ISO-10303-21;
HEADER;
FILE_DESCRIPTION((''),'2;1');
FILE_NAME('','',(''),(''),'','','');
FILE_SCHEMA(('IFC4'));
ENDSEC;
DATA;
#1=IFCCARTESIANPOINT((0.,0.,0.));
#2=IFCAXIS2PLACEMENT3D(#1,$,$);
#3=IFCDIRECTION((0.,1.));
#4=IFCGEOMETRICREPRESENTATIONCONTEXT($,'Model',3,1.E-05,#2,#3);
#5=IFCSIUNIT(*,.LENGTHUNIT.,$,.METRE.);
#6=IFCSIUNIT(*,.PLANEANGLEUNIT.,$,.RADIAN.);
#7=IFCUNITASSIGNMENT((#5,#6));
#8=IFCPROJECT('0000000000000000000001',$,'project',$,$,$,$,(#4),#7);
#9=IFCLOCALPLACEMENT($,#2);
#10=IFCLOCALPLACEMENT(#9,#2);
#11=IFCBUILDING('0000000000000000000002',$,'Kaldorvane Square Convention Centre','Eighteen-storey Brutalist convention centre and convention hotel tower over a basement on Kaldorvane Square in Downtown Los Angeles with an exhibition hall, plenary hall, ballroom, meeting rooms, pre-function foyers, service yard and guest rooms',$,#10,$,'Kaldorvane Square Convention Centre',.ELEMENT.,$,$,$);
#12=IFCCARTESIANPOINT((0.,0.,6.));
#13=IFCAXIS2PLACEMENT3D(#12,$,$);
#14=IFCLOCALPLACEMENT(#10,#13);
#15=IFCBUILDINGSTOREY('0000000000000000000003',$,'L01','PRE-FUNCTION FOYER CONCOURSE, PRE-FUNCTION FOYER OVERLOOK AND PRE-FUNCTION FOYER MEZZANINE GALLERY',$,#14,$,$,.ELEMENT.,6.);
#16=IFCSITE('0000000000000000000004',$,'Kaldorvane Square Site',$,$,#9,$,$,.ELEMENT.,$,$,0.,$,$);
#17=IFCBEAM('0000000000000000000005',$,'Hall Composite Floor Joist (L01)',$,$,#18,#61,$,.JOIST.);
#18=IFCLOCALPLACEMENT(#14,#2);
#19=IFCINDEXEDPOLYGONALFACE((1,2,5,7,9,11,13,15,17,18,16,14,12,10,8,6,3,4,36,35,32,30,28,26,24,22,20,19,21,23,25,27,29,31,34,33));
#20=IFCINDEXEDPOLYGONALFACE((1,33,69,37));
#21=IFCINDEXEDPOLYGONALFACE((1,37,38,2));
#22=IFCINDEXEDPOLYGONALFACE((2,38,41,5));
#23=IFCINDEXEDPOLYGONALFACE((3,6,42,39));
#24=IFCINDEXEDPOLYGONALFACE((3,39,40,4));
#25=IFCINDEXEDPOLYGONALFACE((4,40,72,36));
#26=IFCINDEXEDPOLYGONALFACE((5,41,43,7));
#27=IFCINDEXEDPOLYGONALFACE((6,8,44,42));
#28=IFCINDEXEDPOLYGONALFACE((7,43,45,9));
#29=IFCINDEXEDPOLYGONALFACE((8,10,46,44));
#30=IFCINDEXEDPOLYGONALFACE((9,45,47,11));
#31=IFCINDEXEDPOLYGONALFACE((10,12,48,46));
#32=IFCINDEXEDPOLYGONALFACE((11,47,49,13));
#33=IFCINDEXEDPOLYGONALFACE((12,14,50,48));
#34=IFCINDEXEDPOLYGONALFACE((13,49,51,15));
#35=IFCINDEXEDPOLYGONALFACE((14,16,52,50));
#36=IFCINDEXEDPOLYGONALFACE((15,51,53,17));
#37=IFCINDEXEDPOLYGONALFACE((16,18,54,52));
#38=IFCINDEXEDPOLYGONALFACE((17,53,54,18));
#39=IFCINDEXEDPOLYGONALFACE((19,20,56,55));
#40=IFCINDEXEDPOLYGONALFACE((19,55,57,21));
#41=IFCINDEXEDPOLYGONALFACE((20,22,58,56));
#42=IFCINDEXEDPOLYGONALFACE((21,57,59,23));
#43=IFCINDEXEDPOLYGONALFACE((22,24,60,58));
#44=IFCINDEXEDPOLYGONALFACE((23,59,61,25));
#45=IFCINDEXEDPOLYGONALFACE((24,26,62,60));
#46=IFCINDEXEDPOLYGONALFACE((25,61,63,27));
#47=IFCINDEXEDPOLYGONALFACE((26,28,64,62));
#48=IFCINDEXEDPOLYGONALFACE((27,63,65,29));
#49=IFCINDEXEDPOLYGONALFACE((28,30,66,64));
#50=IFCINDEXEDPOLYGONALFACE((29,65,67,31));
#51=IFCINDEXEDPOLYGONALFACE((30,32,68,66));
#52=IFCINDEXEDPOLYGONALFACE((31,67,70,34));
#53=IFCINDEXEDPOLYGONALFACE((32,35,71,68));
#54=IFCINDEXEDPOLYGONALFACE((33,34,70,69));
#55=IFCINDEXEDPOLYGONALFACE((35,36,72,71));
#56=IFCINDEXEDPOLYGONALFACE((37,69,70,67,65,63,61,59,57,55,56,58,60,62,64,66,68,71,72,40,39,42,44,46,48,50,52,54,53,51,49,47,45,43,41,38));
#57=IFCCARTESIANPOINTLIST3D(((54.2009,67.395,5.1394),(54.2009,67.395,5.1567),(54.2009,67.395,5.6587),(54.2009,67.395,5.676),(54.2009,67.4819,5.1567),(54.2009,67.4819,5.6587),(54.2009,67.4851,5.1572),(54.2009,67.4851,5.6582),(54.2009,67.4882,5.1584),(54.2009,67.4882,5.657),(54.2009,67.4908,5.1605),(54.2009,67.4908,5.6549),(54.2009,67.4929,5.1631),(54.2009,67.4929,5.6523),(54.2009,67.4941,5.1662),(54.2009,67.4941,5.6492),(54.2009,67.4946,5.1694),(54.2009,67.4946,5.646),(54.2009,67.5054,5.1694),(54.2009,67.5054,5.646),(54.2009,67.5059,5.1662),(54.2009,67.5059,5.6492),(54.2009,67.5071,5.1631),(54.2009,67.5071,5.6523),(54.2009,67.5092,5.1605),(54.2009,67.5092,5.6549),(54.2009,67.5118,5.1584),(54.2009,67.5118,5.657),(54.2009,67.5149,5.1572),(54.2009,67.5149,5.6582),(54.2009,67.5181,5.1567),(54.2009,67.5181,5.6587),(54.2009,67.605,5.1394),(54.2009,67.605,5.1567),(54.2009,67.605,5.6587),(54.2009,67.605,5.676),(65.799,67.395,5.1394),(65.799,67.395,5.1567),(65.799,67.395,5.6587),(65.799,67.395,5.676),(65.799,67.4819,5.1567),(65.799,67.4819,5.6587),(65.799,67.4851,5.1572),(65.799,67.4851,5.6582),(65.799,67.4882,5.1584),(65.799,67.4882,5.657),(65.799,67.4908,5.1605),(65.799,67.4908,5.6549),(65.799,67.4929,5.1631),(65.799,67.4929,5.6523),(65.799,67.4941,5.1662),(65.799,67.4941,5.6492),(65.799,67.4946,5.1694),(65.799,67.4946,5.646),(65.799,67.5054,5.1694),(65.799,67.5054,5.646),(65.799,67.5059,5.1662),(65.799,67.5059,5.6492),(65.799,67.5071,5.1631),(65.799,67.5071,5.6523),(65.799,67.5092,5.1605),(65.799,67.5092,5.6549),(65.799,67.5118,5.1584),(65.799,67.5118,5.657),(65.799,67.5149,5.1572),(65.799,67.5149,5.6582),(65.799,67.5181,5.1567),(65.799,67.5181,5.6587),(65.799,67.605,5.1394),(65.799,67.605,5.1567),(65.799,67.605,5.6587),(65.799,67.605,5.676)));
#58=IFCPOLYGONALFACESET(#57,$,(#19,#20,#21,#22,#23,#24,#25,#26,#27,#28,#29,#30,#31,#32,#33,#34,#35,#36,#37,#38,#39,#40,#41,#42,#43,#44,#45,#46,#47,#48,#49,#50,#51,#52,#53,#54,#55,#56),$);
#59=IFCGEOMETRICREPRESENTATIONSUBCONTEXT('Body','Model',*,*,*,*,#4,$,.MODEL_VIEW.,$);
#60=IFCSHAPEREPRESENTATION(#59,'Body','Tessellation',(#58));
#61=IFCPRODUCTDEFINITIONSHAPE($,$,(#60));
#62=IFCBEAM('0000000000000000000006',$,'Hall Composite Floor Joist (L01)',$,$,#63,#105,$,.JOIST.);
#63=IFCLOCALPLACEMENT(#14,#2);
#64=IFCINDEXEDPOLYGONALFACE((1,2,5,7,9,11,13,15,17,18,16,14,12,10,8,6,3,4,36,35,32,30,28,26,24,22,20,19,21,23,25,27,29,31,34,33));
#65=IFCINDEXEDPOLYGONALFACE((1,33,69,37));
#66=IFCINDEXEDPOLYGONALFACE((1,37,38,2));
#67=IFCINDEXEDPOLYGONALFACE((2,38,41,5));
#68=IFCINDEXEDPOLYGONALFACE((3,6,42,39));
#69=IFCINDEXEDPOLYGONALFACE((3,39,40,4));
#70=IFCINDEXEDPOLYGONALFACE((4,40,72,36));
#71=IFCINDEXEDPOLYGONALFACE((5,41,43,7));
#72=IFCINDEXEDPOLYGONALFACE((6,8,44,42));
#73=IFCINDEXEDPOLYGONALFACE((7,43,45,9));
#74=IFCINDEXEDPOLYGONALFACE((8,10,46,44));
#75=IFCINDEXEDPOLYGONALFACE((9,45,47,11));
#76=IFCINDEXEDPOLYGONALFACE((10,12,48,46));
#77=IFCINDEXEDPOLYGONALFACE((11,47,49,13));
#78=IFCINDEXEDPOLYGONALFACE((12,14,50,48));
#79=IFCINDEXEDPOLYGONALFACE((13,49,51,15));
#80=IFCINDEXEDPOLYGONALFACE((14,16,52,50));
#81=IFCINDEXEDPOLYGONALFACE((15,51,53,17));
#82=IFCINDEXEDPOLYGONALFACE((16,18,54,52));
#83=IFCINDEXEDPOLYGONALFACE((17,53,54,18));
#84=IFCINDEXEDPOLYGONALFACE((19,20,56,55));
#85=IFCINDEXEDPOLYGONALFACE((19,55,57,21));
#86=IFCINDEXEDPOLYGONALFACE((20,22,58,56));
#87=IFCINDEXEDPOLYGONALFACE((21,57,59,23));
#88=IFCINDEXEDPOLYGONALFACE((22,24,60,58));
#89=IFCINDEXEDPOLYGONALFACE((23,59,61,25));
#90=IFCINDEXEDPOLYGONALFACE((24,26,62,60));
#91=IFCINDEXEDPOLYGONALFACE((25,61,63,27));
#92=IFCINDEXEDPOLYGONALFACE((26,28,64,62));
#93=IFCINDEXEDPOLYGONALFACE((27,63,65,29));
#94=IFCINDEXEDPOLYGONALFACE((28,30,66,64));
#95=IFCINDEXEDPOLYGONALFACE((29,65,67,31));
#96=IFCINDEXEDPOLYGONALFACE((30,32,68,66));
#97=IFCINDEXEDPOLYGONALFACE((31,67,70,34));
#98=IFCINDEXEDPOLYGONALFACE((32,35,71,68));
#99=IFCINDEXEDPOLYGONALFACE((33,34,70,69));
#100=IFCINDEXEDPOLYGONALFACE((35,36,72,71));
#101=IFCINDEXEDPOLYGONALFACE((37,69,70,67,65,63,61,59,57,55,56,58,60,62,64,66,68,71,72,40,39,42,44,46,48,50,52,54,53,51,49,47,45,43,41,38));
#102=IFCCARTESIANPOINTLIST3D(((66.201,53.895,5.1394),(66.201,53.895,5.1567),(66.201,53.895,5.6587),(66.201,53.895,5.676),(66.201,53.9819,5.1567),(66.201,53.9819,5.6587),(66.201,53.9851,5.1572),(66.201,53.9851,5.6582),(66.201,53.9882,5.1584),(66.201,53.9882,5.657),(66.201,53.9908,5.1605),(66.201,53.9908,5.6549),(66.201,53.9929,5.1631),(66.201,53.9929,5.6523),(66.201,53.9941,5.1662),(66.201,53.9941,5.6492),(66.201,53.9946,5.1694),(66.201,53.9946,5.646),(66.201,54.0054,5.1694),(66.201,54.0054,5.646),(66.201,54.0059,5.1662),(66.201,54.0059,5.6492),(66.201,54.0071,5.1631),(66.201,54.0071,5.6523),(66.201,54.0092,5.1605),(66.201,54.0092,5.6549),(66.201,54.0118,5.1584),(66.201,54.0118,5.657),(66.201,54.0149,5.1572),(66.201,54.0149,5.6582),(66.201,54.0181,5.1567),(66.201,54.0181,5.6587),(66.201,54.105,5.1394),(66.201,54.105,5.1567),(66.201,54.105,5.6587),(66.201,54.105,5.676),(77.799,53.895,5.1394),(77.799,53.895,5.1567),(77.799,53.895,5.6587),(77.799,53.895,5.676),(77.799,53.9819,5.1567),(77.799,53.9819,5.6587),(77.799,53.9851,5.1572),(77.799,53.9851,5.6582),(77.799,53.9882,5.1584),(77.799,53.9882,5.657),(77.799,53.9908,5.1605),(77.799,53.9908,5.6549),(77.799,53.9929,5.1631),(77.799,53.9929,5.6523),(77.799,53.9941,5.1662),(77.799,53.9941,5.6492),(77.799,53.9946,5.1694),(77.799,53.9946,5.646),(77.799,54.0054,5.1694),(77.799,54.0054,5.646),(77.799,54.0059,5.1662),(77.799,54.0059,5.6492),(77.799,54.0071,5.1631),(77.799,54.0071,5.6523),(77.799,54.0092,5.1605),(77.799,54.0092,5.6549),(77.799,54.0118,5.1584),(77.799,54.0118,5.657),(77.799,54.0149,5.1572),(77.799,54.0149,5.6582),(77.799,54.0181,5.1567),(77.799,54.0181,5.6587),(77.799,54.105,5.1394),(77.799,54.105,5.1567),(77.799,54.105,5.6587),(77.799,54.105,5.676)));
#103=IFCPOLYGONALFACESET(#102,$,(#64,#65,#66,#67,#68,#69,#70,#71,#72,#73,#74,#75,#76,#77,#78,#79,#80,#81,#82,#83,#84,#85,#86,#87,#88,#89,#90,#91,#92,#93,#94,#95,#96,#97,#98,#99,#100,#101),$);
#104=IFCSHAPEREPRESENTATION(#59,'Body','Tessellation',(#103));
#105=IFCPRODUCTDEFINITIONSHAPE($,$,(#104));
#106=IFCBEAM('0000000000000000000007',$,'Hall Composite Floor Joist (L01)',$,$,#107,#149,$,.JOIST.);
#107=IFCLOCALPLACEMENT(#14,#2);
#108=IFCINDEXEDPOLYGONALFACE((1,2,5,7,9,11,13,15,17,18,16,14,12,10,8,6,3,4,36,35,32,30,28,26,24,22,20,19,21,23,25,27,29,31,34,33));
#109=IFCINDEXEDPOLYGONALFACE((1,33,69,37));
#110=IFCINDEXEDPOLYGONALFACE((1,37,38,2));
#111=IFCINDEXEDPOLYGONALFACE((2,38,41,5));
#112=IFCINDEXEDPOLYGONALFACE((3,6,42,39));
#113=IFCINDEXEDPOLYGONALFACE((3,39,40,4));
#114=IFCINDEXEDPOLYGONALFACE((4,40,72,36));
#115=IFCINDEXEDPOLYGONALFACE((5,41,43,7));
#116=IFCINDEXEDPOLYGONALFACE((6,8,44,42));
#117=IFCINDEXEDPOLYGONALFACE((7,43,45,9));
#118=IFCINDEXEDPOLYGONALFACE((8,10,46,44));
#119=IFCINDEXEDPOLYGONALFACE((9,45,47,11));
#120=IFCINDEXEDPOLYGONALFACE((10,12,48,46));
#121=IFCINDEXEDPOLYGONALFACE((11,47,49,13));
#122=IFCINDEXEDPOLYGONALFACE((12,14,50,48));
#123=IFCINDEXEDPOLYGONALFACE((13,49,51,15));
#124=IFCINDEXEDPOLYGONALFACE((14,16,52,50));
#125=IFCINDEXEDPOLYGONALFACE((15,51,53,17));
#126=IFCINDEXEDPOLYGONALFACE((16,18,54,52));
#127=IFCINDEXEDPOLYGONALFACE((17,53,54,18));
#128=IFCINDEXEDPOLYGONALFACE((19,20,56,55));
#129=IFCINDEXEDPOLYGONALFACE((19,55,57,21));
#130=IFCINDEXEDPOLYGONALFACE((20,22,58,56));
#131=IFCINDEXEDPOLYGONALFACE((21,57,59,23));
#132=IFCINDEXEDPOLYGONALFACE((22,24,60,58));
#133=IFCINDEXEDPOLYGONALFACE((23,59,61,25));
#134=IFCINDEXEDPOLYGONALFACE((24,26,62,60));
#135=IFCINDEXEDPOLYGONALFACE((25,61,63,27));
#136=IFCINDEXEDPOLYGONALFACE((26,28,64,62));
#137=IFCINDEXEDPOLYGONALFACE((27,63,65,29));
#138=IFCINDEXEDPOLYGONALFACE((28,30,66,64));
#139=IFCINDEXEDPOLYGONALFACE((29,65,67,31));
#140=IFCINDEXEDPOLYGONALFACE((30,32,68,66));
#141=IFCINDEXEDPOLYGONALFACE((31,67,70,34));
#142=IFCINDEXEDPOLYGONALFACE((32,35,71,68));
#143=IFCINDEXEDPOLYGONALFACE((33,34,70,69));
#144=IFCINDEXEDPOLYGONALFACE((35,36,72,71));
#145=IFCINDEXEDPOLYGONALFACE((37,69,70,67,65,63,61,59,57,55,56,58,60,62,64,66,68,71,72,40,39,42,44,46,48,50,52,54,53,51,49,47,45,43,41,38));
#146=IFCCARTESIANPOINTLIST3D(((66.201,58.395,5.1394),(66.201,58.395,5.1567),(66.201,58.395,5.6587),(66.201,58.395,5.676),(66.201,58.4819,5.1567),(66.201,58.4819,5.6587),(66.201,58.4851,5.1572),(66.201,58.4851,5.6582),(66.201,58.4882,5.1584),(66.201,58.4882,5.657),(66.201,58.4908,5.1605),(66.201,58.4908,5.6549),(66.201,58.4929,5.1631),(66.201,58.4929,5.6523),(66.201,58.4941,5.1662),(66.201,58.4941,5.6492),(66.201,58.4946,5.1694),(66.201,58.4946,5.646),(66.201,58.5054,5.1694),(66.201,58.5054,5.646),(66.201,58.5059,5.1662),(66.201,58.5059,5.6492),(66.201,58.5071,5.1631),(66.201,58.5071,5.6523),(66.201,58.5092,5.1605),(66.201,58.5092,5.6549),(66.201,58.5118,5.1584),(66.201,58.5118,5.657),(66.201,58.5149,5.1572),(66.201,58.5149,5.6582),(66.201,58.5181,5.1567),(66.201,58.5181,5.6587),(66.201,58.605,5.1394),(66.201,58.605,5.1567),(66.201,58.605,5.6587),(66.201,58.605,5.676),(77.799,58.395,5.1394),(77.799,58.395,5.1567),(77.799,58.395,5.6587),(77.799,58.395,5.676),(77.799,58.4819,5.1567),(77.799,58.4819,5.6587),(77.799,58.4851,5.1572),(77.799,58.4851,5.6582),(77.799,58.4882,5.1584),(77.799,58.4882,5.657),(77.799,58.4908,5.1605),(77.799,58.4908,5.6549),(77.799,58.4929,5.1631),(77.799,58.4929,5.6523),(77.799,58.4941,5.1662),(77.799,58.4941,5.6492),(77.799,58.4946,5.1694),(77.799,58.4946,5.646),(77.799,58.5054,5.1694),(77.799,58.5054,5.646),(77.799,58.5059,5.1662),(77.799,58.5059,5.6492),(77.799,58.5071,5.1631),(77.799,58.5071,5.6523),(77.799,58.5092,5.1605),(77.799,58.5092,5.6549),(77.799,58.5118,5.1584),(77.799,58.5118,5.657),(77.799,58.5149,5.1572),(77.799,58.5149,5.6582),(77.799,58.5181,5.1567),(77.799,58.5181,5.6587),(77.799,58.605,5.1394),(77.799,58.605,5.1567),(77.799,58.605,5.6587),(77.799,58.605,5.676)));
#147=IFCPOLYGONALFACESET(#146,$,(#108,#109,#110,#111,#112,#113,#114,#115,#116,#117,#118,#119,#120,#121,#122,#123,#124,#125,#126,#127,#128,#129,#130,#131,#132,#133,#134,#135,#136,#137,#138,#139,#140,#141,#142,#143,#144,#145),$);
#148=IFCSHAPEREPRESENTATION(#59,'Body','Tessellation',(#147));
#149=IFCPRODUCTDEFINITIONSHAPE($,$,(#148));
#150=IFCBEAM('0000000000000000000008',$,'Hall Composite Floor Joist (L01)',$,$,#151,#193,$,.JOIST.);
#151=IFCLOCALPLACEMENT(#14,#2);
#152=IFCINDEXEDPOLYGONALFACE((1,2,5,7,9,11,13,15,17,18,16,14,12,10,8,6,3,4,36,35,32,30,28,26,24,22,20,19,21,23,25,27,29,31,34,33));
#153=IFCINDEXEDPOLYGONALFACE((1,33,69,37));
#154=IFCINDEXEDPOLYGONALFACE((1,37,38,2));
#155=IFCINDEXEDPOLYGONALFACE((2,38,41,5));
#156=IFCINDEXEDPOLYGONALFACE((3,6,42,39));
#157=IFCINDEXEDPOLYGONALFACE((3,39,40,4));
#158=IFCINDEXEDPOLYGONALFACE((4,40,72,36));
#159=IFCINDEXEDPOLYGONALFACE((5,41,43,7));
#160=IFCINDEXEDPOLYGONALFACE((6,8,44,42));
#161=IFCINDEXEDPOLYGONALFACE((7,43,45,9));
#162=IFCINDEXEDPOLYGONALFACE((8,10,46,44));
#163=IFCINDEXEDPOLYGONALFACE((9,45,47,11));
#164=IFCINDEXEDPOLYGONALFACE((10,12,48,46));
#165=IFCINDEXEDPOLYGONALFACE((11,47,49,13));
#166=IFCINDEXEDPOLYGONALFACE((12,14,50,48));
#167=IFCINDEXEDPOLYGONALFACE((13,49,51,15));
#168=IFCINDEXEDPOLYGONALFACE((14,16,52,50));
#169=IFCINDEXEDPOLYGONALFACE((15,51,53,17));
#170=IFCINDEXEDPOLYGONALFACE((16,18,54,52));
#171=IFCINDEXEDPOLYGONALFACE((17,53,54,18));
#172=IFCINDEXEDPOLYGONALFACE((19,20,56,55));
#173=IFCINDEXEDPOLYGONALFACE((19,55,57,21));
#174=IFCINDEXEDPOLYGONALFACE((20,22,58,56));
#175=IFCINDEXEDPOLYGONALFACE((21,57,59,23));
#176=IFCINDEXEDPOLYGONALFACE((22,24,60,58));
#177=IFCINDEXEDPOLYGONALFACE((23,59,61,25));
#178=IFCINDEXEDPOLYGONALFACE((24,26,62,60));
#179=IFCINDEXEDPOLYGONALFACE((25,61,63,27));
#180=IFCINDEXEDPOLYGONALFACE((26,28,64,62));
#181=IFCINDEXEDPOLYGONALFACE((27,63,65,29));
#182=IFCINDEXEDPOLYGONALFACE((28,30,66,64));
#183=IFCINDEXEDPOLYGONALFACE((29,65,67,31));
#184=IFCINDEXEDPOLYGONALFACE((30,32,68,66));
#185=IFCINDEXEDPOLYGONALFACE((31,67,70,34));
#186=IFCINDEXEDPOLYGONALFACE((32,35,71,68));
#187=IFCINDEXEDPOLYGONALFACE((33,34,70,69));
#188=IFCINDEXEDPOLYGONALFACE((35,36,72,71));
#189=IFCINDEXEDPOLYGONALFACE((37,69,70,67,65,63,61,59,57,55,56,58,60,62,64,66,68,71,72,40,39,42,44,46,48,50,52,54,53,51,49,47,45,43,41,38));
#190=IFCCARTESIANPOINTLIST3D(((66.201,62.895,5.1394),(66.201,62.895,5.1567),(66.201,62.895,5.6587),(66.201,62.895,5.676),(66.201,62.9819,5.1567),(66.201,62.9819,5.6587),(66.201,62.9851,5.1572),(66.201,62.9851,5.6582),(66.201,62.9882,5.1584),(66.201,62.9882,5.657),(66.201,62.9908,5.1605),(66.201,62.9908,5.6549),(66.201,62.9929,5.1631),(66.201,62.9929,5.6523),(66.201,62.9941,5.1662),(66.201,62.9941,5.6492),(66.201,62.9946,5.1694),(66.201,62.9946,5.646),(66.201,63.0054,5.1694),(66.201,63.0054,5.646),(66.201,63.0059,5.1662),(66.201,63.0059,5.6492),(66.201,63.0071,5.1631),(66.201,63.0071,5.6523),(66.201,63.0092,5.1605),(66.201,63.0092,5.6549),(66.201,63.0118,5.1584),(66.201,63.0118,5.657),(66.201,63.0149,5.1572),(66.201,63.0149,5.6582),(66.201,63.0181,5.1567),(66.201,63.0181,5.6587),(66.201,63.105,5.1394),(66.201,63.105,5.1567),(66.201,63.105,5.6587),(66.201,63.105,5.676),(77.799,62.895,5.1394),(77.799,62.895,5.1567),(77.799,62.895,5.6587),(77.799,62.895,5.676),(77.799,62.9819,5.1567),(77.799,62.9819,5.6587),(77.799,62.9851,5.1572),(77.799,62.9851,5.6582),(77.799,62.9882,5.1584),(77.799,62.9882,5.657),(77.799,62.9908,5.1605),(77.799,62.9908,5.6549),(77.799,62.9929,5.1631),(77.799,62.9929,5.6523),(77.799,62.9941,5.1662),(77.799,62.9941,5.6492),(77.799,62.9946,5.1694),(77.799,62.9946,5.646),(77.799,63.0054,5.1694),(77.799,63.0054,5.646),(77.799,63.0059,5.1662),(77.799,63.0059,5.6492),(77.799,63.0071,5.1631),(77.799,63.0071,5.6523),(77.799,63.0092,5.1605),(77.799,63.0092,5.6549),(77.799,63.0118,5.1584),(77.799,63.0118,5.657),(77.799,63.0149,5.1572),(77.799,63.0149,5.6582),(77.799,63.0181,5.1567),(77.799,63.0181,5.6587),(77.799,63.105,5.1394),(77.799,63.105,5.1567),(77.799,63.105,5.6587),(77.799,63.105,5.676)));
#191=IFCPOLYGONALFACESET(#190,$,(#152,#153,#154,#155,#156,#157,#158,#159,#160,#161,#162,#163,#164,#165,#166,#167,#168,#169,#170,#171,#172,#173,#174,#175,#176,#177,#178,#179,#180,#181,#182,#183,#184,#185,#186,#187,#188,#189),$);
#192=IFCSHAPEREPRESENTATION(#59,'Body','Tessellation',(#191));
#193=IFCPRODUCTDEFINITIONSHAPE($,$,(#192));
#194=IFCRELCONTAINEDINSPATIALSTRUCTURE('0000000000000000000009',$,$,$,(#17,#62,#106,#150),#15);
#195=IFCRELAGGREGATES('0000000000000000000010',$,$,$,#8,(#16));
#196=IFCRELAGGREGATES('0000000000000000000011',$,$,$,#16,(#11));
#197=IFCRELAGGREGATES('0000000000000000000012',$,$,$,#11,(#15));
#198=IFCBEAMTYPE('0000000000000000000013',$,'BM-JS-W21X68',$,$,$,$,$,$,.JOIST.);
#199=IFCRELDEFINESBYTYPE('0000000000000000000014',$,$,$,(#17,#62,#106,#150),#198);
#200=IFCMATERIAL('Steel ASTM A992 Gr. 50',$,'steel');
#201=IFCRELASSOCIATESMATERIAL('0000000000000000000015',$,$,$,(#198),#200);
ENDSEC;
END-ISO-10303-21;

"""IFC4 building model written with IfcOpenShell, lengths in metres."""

from ifc_helpers import new_model, si_unit, direction, frame, origin, origin_2d, place, context, subcontext, project, spatial, i_section, extrude, material, material_profile, profile_set, type_object, element, save


model = new_model("IFC4")

# Units and contexts
model_context = context("Model", 3, precision=1e-05, world=origin(), true_north=direction((0.0, 1.0)))
body_context = subcontext(model_context, "Body", "Model", "MODEL_VIEW")
ifc_project = project(units=[si_unit("LENGTHUNIT", "METRE"), si_unit("PLANEANGLEUNIT", "RADIAN")], contexts=[model_context])

# Site, building, storey
site_placement = place(None, origin())
site = spatial("IfcSite", under=ifc_project, at=site_placement, Name="Kaldorvane Square Site", CompositionType="ELEMENT", RefElevation=0.0)
building_placement = place(site_placement, origin())
building = spatial("IfcBuilding", under=site, at=building_placement, Name="Kaldorvane Square Convention Centre", Description="Eighteen-storey Brutalist convention centre and convention hotel tower over a basement on Kaldorvane Square in Downtown Los Angeles with an exhibition hall, plenary hall, ballroom, meeting rooms, pre-function foyers, service yard and guest rooms", LongName="Kaldorvane Square Convention Centre", CompositionType="ELEMENT")
storey_placement = place(building_placement, frame((0.0, 0.0, 6.0)))
storey = spatial("IfcBuildingStorey", under=building, at=storey_placement, Name="L01", Description="PRE-FUNCTION FOYER CONCOURSE, PRE-FUNCTION FOYER OVERLOOK AND PRE-FUNCTION FOYER MEZZANINE GALLERY", CompositionType="ELEMENT", Elevation=6.0)

# Beams
ifc_material_1 = material(Name="Steel ASTM A992 Gr. 50", Category="steel")
ifc_material_profile_1 = material_profile(ifc_material_1, i_section(OverallWidth=0.2101, OverallDepth=0.5367, WebThickness=0.0109, FlangeThickness=0.0174, FilletRadius=0.0127, at=origin_2d()), Name="W21X68")
ifc_profile_set_1 = profile_set([ifc_material_profile_1], Name="Steel ASTM A992 Gr. 50")
beam_type_1 = type_object("IfcBeamType", Name="BM-JS-W21X68", PredefinedType="JOIST", material=ifc_profile_set_1)
for number, where, z_axis, x_axis, name in (
    (1, (54.2009, 67.5, 5.4077), (1.0, 0.0, 0.0), (0.0, 1.0, 0.0), "Hall Composite Floor Joist (L01)"),
):
    element("IfcBeam", number, at=place(storey_placement, frame(where, z_axis=z_axis, x_axis=x_axis)), inside=storey, type_object=beam_type_1, Name=name, PredefinedType="JOIST", context=body_context, shape_type="SweptSolid", body=[
        extrude(i_section(OverallWidth=0.2101, OverallDepth=0.5367, WebThickness=0.0109, FlangeThickness=0.0174, FilletRadius=0.0127, at=origin_2d()), origin(), (0.0, 0.0, 1.0), 11.5981),
    ])
for number, where, z_axis, x_axis, name in (
    (2, (66.201, 54.0, 5.4077), (1.0, 0.0, 0.0), (0.0, 1.0, 0.0), "Hall Composite Floor Joist (L01)"),
    (3, (66.201, 58.5, 5.4077), (1.0, 0.0, 0.0), (0.0, 1.0, 0.0), "Hall Composite Floor Joist (L01)"),
    (4, (66.201, 63.0, 5.4077), (1.0, 0.0, 0.0), (0.0, 1.0, 0.0), "Hall Composite Floor Joist (L01)"),
):
    element("IfcBeam", number, at=place(storey_placement, frame(where, z_axis=z_axis, x_axis=x_axis)), inside=storey, type_object=beam_type_1, Name=name, PredefinedType="JOIST", context=body_context, shape_type="SweptSolid", body=[
        extrude(i_section(OverallWidth=0.2101, OverallDepth=0.5367, WebThickness=0.0109, FlangeThickness=0.0174, FilletRadius=0.0127, at=origin_2d()), origin(), (0.0, 0.0, 1.0), 11.598),
    ])

save(model, "model.ifc")
